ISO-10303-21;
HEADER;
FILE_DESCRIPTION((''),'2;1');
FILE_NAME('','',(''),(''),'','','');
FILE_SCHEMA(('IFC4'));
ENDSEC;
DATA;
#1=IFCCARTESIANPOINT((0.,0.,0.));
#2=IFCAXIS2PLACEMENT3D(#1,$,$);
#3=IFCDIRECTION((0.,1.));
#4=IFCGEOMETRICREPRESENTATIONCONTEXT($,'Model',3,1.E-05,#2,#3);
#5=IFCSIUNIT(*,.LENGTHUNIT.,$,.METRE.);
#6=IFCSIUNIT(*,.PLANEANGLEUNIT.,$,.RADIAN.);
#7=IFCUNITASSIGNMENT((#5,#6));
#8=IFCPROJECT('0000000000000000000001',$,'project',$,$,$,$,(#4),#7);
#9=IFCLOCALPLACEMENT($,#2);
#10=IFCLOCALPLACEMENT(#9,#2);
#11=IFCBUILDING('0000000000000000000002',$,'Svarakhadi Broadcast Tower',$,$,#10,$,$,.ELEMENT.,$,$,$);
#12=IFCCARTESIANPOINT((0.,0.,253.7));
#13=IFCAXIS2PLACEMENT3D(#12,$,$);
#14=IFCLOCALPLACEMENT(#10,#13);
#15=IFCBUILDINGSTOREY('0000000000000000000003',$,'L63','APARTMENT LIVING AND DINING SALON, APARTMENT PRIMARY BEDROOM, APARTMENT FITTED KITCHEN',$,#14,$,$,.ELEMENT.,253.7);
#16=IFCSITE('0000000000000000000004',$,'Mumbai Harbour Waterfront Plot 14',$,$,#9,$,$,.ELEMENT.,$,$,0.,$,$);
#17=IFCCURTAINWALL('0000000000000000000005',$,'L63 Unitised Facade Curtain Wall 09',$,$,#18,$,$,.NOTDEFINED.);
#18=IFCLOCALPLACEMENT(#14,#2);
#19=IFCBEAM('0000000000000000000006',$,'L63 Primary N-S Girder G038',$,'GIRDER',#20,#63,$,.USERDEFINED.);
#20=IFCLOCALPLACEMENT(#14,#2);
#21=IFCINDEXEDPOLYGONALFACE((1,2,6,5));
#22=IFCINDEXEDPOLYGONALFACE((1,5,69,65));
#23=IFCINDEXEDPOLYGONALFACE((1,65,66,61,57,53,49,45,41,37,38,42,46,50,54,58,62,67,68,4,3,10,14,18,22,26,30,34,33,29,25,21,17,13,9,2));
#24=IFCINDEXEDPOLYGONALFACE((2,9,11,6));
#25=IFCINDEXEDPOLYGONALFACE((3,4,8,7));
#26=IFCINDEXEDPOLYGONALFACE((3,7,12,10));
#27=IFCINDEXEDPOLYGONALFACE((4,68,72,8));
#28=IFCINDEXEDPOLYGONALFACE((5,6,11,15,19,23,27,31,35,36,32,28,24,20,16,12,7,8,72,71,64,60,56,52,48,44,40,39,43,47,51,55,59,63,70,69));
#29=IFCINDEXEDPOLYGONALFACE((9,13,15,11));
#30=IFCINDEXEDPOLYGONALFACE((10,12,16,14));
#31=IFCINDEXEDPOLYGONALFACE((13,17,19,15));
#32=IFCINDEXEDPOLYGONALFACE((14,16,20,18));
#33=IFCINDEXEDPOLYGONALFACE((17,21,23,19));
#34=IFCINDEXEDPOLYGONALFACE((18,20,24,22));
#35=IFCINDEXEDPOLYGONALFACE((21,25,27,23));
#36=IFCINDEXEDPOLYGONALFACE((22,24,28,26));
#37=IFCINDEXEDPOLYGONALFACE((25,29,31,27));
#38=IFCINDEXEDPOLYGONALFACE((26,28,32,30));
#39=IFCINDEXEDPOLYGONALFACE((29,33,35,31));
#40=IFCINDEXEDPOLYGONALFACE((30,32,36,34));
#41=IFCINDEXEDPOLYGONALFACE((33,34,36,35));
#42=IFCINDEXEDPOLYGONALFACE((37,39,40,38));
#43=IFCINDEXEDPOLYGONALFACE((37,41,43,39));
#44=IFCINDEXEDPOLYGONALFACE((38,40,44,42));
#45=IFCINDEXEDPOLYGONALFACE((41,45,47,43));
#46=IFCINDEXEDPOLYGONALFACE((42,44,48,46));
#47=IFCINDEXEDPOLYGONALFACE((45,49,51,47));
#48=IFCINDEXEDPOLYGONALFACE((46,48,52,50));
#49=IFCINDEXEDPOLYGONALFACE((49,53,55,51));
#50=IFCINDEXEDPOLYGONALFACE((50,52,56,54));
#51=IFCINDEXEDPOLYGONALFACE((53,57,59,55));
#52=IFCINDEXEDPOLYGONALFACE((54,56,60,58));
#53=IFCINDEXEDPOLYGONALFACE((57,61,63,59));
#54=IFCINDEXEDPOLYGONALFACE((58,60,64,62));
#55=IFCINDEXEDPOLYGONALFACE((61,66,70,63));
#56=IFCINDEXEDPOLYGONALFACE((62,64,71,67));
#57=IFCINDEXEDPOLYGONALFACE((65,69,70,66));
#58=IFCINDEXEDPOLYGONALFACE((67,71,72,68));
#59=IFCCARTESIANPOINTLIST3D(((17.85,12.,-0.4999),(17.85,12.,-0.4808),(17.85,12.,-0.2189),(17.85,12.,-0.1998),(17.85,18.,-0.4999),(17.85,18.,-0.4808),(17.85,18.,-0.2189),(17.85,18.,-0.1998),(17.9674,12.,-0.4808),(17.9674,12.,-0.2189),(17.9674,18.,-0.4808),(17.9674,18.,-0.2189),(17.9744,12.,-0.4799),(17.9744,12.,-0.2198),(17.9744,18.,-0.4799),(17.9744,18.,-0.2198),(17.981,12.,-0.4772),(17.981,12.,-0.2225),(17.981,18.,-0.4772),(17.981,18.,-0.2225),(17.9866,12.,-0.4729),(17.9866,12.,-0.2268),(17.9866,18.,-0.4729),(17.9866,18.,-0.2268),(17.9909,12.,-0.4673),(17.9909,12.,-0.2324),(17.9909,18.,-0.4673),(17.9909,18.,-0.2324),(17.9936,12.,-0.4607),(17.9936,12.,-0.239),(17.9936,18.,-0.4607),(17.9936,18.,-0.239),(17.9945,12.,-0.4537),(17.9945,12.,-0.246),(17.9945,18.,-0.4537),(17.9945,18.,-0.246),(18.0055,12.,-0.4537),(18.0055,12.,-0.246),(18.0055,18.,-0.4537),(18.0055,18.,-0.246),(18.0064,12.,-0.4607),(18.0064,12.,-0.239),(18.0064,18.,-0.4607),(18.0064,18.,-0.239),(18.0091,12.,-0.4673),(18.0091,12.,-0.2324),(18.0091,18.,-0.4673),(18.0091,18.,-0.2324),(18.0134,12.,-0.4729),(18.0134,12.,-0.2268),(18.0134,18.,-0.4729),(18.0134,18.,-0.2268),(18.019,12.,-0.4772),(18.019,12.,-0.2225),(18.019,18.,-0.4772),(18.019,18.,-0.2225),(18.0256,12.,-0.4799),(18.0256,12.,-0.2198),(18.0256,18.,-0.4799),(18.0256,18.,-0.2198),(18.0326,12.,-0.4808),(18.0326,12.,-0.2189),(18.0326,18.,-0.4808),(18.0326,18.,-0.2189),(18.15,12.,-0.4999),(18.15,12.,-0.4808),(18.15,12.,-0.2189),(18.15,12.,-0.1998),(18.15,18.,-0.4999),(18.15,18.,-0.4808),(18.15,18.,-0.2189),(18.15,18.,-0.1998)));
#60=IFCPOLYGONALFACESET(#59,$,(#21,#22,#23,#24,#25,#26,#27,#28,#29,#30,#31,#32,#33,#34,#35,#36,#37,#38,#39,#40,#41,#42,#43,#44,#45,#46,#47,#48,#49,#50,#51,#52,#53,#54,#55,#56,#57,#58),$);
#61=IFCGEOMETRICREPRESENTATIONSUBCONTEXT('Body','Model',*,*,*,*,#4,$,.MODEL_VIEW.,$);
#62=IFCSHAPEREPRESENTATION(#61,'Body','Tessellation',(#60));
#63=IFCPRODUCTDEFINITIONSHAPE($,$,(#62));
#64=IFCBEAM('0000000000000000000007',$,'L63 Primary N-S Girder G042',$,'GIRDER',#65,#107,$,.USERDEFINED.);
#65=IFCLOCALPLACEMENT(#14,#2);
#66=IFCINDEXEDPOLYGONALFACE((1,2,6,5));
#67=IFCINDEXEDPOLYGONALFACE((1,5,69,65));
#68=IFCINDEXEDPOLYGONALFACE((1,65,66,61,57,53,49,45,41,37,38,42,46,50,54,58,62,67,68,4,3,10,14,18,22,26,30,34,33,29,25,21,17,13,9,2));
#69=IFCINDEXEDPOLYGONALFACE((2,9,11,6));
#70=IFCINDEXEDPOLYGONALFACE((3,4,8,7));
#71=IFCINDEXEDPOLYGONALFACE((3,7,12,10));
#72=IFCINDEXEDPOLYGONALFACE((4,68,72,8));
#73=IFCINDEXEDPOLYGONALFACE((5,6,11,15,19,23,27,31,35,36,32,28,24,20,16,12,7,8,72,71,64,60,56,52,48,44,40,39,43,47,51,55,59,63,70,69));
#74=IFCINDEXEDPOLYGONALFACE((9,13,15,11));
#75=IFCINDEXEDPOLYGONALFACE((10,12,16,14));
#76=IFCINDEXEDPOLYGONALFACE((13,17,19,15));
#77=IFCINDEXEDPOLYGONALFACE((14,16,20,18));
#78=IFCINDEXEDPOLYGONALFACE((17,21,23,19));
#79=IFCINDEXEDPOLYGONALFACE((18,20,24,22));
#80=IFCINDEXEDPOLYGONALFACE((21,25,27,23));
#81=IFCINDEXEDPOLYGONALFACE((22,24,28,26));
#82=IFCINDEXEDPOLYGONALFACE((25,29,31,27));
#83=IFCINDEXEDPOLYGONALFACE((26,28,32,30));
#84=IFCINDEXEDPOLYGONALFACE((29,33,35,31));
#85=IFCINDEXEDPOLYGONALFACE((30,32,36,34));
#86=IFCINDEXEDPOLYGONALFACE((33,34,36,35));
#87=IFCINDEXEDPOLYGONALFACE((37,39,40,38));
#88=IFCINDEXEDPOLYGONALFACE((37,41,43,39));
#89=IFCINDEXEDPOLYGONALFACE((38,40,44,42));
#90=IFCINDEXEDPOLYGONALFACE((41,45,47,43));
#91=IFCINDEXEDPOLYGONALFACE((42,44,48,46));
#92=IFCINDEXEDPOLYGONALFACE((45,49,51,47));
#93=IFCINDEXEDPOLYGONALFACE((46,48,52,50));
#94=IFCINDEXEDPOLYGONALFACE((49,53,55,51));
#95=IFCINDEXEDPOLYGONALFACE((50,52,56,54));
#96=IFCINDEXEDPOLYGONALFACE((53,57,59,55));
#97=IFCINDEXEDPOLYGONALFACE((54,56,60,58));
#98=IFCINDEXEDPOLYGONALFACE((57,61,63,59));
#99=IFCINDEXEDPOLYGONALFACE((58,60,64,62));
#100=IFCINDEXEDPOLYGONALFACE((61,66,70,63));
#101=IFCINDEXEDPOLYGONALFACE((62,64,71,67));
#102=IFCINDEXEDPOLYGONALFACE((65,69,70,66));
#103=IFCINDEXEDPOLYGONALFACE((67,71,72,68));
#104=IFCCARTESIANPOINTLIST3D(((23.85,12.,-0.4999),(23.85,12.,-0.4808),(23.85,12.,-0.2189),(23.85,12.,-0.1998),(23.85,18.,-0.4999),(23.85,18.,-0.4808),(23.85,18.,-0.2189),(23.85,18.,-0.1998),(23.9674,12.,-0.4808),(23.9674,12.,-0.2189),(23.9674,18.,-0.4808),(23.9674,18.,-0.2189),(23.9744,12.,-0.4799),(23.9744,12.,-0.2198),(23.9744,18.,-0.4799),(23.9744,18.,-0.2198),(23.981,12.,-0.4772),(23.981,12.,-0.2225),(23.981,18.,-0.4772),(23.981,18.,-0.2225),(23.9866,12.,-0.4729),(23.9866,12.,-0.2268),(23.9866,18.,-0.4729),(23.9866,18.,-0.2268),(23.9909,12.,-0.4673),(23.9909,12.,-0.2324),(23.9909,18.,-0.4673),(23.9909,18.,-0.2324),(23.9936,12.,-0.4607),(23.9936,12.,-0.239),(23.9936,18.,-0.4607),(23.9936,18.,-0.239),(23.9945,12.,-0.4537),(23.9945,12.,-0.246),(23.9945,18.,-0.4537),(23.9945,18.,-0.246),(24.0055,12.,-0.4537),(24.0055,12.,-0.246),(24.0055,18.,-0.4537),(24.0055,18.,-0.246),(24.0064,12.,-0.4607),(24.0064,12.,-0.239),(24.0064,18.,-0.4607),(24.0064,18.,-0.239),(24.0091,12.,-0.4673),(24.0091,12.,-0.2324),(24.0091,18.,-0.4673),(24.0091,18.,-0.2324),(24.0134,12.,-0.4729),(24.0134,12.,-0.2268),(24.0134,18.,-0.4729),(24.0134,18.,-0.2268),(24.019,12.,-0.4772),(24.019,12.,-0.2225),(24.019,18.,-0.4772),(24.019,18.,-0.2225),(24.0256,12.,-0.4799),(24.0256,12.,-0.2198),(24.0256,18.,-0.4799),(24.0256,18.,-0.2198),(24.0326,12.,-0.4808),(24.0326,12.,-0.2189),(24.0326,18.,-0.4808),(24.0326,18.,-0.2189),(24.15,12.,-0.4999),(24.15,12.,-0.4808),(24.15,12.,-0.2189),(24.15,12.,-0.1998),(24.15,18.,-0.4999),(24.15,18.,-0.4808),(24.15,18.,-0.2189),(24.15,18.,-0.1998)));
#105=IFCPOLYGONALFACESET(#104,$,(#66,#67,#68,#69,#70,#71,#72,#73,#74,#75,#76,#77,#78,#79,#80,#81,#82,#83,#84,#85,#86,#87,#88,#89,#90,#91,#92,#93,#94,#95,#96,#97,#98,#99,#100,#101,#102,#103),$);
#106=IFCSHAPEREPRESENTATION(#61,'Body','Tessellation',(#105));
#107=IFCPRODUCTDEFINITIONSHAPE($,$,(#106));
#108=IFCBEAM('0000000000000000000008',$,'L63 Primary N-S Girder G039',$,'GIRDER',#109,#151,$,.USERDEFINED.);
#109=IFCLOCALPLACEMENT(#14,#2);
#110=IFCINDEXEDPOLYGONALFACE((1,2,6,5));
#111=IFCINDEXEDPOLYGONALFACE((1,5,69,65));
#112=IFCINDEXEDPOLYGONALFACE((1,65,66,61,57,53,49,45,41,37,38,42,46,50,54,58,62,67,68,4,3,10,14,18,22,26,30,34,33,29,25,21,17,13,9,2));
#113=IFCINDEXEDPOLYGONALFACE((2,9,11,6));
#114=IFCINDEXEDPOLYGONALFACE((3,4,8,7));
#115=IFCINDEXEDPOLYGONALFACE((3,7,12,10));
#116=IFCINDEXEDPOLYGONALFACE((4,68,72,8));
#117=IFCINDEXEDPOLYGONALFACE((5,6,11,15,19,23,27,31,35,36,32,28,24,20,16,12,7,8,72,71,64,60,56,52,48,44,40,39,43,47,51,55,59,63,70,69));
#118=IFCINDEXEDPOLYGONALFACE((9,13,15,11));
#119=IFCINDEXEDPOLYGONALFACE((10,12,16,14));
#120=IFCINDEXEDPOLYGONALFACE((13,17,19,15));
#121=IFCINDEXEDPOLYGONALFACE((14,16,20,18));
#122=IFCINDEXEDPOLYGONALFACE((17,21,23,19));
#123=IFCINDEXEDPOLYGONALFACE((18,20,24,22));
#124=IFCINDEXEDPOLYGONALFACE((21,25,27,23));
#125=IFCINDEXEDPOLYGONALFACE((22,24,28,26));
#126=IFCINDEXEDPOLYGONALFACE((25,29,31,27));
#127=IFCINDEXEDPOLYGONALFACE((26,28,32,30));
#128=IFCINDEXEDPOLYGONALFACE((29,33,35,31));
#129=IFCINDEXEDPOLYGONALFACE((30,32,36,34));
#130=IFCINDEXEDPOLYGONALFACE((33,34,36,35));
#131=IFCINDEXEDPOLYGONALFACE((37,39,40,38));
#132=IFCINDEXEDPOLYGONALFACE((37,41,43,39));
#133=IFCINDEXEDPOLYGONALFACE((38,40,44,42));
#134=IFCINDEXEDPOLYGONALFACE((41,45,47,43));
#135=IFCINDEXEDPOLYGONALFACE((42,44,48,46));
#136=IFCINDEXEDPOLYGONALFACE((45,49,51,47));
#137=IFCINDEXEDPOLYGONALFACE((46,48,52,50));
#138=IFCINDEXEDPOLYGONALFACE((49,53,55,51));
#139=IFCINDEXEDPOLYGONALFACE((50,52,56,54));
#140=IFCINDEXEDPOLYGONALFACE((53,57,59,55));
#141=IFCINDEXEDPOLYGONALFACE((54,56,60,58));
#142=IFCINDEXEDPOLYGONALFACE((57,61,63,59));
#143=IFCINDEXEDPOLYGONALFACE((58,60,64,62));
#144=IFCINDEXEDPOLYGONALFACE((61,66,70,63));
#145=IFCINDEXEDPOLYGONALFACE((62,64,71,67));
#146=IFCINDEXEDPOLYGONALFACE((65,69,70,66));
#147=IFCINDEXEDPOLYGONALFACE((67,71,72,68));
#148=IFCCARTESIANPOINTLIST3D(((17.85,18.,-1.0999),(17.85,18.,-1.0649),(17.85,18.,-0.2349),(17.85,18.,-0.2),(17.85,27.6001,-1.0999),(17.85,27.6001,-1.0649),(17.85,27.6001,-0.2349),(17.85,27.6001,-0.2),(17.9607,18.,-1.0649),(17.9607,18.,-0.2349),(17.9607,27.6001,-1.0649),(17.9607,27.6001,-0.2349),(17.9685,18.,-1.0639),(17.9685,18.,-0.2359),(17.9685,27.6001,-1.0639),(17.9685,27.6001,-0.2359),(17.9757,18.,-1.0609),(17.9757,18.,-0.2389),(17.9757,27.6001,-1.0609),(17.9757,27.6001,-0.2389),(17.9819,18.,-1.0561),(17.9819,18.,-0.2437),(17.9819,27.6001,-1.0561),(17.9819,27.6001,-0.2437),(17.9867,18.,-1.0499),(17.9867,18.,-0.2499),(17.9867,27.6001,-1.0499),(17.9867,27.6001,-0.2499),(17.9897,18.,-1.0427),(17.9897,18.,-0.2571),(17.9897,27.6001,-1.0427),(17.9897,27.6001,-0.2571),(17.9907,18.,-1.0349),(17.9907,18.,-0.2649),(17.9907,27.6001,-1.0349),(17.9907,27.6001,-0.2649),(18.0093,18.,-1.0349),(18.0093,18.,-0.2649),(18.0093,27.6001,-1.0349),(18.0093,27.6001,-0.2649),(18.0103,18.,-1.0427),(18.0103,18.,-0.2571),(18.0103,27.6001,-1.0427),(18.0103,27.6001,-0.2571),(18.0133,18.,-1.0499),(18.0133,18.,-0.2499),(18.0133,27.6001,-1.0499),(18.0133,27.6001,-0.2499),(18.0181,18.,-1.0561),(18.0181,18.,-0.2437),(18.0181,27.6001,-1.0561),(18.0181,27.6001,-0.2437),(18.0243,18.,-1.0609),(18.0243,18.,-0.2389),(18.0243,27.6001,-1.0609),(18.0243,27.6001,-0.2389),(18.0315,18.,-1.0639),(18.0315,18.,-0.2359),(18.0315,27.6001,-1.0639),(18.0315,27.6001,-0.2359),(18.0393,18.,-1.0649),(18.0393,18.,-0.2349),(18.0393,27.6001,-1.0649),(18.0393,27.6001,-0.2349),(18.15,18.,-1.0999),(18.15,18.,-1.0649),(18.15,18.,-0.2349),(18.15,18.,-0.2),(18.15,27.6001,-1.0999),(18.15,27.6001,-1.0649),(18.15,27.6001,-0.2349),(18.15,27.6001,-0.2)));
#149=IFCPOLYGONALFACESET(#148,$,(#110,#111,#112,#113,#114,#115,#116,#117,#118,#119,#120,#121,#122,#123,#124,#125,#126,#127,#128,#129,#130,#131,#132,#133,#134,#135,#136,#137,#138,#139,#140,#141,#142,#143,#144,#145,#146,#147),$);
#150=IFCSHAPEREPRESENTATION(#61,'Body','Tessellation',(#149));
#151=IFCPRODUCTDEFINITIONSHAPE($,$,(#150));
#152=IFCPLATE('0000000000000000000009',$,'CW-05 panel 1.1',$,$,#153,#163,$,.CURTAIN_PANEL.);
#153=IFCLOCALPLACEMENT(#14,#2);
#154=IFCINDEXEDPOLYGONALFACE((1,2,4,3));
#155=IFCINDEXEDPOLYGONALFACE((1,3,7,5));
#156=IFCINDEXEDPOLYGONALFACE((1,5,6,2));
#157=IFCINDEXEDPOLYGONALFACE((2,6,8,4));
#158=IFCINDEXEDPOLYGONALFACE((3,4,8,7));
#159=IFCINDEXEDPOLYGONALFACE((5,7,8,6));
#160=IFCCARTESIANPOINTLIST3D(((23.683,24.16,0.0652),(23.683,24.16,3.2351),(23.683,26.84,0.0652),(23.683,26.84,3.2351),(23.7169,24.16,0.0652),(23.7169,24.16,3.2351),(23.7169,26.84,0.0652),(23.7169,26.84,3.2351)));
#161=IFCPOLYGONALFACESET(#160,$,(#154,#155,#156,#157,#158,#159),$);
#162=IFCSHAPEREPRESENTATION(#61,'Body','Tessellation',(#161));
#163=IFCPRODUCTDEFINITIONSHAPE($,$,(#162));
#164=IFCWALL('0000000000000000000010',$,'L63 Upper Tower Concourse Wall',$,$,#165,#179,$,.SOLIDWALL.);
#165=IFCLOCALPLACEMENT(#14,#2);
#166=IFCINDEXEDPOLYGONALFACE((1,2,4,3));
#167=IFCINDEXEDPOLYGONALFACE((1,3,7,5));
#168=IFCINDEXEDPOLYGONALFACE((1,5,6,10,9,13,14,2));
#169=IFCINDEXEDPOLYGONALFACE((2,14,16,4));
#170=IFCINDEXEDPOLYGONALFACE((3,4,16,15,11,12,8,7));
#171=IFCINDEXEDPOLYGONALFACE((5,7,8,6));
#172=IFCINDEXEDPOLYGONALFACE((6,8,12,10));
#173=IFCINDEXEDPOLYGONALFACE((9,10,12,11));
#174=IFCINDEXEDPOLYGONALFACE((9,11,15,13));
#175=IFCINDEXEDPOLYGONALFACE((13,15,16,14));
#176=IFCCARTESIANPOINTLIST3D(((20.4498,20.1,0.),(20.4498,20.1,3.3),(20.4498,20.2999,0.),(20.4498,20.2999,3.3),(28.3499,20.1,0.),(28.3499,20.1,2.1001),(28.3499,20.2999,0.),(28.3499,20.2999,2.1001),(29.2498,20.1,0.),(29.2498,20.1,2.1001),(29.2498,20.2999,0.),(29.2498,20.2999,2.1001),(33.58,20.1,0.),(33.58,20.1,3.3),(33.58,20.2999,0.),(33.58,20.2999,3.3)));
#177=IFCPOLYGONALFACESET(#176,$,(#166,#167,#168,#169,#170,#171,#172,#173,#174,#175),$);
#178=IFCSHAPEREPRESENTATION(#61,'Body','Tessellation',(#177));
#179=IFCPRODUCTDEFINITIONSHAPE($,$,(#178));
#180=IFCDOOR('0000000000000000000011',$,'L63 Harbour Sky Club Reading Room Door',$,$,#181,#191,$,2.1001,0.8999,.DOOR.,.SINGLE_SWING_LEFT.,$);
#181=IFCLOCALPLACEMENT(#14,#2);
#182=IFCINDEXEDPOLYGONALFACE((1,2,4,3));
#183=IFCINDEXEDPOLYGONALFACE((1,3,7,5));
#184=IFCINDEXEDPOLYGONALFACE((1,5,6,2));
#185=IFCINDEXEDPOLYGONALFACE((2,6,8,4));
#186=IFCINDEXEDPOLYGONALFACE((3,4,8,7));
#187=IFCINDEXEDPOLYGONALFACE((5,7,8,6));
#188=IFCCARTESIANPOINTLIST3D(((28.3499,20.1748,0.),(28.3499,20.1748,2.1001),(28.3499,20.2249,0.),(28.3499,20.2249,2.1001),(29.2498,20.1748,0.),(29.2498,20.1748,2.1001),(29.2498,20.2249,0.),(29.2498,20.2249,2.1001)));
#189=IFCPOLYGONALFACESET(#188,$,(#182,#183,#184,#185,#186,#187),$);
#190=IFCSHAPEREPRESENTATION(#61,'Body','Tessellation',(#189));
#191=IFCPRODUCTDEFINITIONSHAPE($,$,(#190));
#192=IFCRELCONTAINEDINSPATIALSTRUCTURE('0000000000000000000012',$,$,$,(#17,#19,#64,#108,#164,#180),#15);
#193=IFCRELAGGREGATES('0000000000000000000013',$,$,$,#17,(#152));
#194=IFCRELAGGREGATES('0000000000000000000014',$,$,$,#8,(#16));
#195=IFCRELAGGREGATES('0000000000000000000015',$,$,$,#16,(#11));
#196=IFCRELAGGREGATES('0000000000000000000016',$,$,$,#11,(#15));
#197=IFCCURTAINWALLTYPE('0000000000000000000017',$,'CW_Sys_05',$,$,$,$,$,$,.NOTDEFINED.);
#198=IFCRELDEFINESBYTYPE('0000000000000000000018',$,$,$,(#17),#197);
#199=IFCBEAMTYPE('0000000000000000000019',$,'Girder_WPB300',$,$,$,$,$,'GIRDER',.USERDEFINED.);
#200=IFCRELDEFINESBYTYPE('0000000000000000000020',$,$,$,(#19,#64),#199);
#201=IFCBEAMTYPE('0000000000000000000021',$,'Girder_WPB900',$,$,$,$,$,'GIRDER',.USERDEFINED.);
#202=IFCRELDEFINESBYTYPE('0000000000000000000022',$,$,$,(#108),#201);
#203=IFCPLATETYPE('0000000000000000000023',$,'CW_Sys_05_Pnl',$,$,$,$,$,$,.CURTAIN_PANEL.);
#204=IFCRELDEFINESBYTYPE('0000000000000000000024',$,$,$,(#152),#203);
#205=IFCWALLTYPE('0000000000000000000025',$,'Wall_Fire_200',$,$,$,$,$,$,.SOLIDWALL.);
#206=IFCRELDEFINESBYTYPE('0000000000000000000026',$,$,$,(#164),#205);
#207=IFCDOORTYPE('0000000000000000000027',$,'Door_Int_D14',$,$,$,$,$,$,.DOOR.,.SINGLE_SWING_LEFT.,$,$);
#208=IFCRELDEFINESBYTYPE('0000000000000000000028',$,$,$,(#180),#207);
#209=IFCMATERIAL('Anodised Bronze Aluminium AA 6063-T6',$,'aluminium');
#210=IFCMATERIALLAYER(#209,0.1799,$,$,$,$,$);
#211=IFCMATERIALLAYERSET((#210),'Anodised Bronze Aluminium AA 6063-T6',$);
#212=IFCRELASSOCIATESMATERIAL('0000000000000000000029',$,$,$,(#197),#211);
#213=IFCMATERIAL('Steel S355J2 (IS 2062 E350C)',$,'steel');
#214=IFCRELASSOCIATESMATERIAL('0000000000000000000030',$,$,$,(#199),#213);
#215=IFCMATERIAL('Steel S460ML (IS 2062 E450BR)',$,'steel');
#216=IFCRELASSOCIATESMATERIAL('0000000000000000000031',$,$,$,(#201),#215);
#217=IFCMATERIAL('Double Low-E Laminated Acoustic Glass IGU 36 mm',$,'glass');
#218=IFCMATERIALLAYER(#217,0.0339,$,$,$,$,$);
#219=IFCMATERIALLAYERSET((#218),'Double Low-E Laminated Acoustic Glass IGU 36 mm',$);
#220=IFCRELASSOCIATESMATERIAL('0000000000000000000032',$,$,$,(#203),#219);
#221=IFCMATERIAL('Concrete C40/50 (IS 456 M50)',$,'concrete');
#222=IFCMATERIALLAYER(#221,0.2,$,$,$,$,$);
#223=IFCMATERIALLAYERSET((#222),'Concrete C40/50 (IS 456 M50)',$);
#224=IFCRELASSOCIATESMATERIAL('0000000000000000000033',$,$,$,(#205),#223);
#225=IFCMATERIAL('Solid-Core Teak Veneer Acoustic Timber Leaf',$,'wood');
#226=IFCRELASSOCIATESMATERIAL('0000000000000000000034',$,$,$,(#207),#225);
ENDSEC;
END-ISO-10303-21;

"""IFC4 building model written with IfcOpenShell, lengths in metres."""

from ifc_helpers import new_model, si_unit, direction, frame, frame_2d, origin, origin_2d, place, context, subcontext, project, spatial, rectangle, i_section, extrude, material, layer, layer_set, material_profile, profile_set, type_object, element, fill, aggregate, save


model = new_model("IFC4")

# Units and contexts
model_context = context("Model", 3, precision=1e-05, world=origin(), true_north=direction((0.0, 1.0)))
body_context = subcontext(model_context, "Body", "Model", "MODEL_VIEW")
ifc_project = project(units=[si_unit("LENGTHUNIT", "METRE"), si_unit("PLANEANGLEUNIT", "RADIAN")], contexts=[model_context])

# Site, building, storey
site_placement = place(None, origin())
site = spatial("IfcSite", under=ifc_project, at=site_placement, Name="Mumbai Harbour Waterfront Plot 14", CompositionType="ELEMENT", RefElevation=0.0)
building_placement = place(site_placement, origin())
building = spatial("IfcBuilding", under=site, at=building_placement, Name="Svarakhadi Broadcast Tower", CompositionType="ELEMENT")
storey_placement = place(building_placement, frame((0.0, 0.0, 253.7)))
storey = spatial("IfcBuildingStorey", under=building, at=storey_placement, Name="L63", Description="APARTMENT LIVING AND DINING SALON, APARTMENT PRIMARY BEDROOM, APARTMENT FITTED KITCHEN", CompositionType="ELEMENT", Elevation=253.7)

# Shared definitions
ifc_material_1 = material(Name="Steel S355J2 (IS 2062 E350C)", Category="steel")

# Curtain wall
ifc_material_2 = material(Name="Anodised Bronze Aluminium AA 6063-T6", Category="aluminium")
ifc_layer_1 = layer(ifc_material_2, 0.1799)
ifc_layer_set_1 = layer_set([ifc_layer_1], Name="Anodised Bronze Aluminium AA 6063-T6")
curtain_wall_type = type_object("IfcCurtainWallType", Name="CW_Sys_05", PredefinedType="NOTDEFINED", material=ifc_layer_set_1)
curtain_wall_1_placement = place(storey_placement, origin())
curtain_wall_1 = element("IfcCurtainWall", 1, at=curtain_wall_1_placement, inside=storey, type_object=curtain_wall_type, Name="L63 Unitised Facade Curtain Wall 09", PredefinedType="NOTDEFINED")

# Beams
ifc_material_profile_1 = material_profile(ifc_material_1, i_section(OverallWidth=0.3, OverallDepth=0.3, WebThickness=0.011, FlangeThickness=0.019, FilletRadius=0.0271, at=origin_2d()), Name="WPB 300x300x117")
ifc_profile_set_1 = profile_set([ifc_material_profile_1], Name="Steel S355J2 (IS 2062 E350C)")
beam_type_1 = type_object("IfcBeamType", Name="Girder_WPB300", ElementType="GIRDER", PredefinedType="USERDEFINED", material=ifc_profile_set_1)
for number, where, z_axis, x_axis, name in (
    (2, (18.0, 12.0, -0.3499), (0.0, 1.0, 0.0), (-1.0, 0.0, 0.0), "L63 Primary N-S Girder G038"),
    (3, (24.0, 12.0, -0.3499), (0.0, 1.0, 0.0), (-1.0, 0.0, 0.0), "L63 Primary N-S Girder G042"),
):
    element("IfcBeam", number, at=place(storey_placement, frame(where, z_axis=z_axis, x_axis=x_axis)), inside=storey, type_object=beam_type_1, Name=name, ObjectType="GIRDER", PredefinedType="USERDEFINED", context=body_context, shape_type="SweptSolid", body=[
        extrude(i_section(OverallWidth=0.3, OverallDepth=0.3, WebThickness=0.011, FlangeThickness=0.019, FilletRadius=0.0271, at=origin_2d()), origin(), (0.0, 0.0, 1.0), 6.0),
    ])
ifc_material_3 = material(Name="Steel S460ML (IS 2062 E450BR)", Category="steel")
ifc_material_profile_2 = material_profile(ifc_material_3, i_section(OverallWidth=0.3, OverallDepth=0.8999, WebThickness=0.0186, FlangeThickness=0.0349, FilletRadius=0.03, at=origin_2d()), Name="WPB 900x300x291")
ifc_profile_set_2 = profile_set([ifc_material_profile_2], Name="Steel S460ML (IS 2062 E450BR)")
beam_type_2 = type_object("IfcBeamType", Name="Girder_WPB900", ElementType="GIRDER", PredefinedType="USERDEFINED", material=ifc_profile_set_2)
beam_1_placement = place(storey_placement, frame((18.0, 18.0, -0.6499), z_axis=(0.0, 1.0, 0.0), x_axis=(-1.0, 0.0, 0.0)))
element("IfcBeam", 4, at=beam_1_placement, inside=storey, type_object=beam_type_2, Name="L63 Primary N-S Girder G039", ObjectType="GIRDER", PredefinedType="USERDEFINED", context=body_context, shape_type="SweptSolid", body=[
    extrude(i_section(OverallWidth=0.3, OverallDepth=0.8999, WebThickness=0.0186, FlangeThickness=0.0349, FilletRadius=0.03, at=origin_2d()), origin(), (0.0, 0.0, 1.0), 9.6001),
])

# Plate
ifc_material_4 = material(Name="Double Low-E Laminated Acoustic Glass IGU 36 mm", Category="glass")
ifc_layer_2 = layer(ifc_material_4, 0.0339)
ifc_layer_set_2 = layer_set([ifc_layer_2], Name="Double Low-E Laminated Acoustic Glass IGU 36 mm")
plate_type = type_object("IfcPlateType", Name="CW_Sys_05_Pnl", PredefinedType="CURTAIN_PANEL", material=ifc_layer_set_2)
plate_placement = place(storey_placement, frame((23.7, 25.5, 0.0652), z_axis=(0.0, 0.0, 1.0), x_axis=(0.0, -1.0, 0.0)))
plate = element("IfcPlate", 5, at=plate_placement, type_object=plate_type, Name="CW-05 panel 1.1", PredefinedType="CURTAIN_PANEL", context=body_context, shape_type="SweptSolid", body=[
    extrude(rectangle(XDim=2.6799, YDim=0.0339, at=origin_2d()), origin(), (0.0, 0.0, 1.0), 3.1699),
])
aggregate(curtain_wall_1, [plate])

# Wall, opening, door
ifc_material_5 = material(Name="Concrete C40/50 (IS 456 M50)", Category="concrete")
ifc_layer_3 = layer(ifc_material_5, 0.2)
ifc_layer_set_3 = layer_set([ifc_layer_3], Name="Concrete C40/50 (IS 456 M50)")
wall_type_1 = type_object("IfcWallType", Name="Wall_Fire_200", PredefinedType="SOLIDWALL", material=ifc_layer_set_3)
wall_1_placement = place(storey_placement, frame((20.45, 20.2, 0.0), z_axis=(0.0, 0.0, 1.0), x_axis=(1.0, 0.0, 0.0)))
wall_1 = element("IfcWall", 6, at=wall_1_placement, inside=storey, type_object=wall_type_1, Name="L63 Upper Tower Concourse Wall", PredefinedType="SOLIDWALL", context=body_context, shape_type="SweptSolid", body=[
    extrude(rectangle(XDim=13.1301, YDim=0.2, at=frame_2d((6.5649, 0.0))), origin(), (0.0, 0.0, 1.0), 3.3),
])
opening_1_placement = place(wall_1_placement, frame((7.8999, 0.0, 0.0)))
opening_1 = element("IfcOpeningElement", 7, at=opening_1_placement, cuts=wall_1, PredefinedType="OPENING", context=body_context, shape_type="SweptSolid", body=[
    extrude(rectangle(XDim=0.8999, YDim=2.1001, at=frame_2d((0.45, 1.05))), frame((0.0, 0.1099, 0.0), z_axis=(0.0, -1.0, 0.0), x_axis=(1.0, 0.0, 0.0)), (0.0, 0.0, 1.0), 0.22),
])
ifc_material_6 = material(Name="Solid-Core Teak Veneer Acoustic Timber Leaf", Category="wood")
door_type_1 = type_object("IfcDoorType", Name="Door_Int_D14", OperationType="SINGLE_SWING_LEFT", PredefinedType="DOOR", material=ifc_material_6)
door_1_placement = place(opening_1_placement, origin())
door_1 = element("IfcDoor", 8, at=door_1_placement, inside=storey, type_object=door_type_1, Name="L63 Harbour Sky Club Reading Room Door", OperationType="SINGLE_SWING_LEFT", OverallHeight=2.1001, OverallWidth=0.8999, PredefinedType="DOOR", context=body_context, shape_type="SweptSolid", body=[
    extrude(rectangle(XDim=0.8999, YDim=2.1001, at=frame_2d((0.45, 1.05))), frame((0.0, 0.0249, 0.0), z_axis=(0.0, -1.0, 0.0), x_axis=(1.0, 0.0, 0.0)), (0.0, 0.0, 1.0), 0.05),
])
fill(opening_1, door_1)

save(model, "model.ifc")
